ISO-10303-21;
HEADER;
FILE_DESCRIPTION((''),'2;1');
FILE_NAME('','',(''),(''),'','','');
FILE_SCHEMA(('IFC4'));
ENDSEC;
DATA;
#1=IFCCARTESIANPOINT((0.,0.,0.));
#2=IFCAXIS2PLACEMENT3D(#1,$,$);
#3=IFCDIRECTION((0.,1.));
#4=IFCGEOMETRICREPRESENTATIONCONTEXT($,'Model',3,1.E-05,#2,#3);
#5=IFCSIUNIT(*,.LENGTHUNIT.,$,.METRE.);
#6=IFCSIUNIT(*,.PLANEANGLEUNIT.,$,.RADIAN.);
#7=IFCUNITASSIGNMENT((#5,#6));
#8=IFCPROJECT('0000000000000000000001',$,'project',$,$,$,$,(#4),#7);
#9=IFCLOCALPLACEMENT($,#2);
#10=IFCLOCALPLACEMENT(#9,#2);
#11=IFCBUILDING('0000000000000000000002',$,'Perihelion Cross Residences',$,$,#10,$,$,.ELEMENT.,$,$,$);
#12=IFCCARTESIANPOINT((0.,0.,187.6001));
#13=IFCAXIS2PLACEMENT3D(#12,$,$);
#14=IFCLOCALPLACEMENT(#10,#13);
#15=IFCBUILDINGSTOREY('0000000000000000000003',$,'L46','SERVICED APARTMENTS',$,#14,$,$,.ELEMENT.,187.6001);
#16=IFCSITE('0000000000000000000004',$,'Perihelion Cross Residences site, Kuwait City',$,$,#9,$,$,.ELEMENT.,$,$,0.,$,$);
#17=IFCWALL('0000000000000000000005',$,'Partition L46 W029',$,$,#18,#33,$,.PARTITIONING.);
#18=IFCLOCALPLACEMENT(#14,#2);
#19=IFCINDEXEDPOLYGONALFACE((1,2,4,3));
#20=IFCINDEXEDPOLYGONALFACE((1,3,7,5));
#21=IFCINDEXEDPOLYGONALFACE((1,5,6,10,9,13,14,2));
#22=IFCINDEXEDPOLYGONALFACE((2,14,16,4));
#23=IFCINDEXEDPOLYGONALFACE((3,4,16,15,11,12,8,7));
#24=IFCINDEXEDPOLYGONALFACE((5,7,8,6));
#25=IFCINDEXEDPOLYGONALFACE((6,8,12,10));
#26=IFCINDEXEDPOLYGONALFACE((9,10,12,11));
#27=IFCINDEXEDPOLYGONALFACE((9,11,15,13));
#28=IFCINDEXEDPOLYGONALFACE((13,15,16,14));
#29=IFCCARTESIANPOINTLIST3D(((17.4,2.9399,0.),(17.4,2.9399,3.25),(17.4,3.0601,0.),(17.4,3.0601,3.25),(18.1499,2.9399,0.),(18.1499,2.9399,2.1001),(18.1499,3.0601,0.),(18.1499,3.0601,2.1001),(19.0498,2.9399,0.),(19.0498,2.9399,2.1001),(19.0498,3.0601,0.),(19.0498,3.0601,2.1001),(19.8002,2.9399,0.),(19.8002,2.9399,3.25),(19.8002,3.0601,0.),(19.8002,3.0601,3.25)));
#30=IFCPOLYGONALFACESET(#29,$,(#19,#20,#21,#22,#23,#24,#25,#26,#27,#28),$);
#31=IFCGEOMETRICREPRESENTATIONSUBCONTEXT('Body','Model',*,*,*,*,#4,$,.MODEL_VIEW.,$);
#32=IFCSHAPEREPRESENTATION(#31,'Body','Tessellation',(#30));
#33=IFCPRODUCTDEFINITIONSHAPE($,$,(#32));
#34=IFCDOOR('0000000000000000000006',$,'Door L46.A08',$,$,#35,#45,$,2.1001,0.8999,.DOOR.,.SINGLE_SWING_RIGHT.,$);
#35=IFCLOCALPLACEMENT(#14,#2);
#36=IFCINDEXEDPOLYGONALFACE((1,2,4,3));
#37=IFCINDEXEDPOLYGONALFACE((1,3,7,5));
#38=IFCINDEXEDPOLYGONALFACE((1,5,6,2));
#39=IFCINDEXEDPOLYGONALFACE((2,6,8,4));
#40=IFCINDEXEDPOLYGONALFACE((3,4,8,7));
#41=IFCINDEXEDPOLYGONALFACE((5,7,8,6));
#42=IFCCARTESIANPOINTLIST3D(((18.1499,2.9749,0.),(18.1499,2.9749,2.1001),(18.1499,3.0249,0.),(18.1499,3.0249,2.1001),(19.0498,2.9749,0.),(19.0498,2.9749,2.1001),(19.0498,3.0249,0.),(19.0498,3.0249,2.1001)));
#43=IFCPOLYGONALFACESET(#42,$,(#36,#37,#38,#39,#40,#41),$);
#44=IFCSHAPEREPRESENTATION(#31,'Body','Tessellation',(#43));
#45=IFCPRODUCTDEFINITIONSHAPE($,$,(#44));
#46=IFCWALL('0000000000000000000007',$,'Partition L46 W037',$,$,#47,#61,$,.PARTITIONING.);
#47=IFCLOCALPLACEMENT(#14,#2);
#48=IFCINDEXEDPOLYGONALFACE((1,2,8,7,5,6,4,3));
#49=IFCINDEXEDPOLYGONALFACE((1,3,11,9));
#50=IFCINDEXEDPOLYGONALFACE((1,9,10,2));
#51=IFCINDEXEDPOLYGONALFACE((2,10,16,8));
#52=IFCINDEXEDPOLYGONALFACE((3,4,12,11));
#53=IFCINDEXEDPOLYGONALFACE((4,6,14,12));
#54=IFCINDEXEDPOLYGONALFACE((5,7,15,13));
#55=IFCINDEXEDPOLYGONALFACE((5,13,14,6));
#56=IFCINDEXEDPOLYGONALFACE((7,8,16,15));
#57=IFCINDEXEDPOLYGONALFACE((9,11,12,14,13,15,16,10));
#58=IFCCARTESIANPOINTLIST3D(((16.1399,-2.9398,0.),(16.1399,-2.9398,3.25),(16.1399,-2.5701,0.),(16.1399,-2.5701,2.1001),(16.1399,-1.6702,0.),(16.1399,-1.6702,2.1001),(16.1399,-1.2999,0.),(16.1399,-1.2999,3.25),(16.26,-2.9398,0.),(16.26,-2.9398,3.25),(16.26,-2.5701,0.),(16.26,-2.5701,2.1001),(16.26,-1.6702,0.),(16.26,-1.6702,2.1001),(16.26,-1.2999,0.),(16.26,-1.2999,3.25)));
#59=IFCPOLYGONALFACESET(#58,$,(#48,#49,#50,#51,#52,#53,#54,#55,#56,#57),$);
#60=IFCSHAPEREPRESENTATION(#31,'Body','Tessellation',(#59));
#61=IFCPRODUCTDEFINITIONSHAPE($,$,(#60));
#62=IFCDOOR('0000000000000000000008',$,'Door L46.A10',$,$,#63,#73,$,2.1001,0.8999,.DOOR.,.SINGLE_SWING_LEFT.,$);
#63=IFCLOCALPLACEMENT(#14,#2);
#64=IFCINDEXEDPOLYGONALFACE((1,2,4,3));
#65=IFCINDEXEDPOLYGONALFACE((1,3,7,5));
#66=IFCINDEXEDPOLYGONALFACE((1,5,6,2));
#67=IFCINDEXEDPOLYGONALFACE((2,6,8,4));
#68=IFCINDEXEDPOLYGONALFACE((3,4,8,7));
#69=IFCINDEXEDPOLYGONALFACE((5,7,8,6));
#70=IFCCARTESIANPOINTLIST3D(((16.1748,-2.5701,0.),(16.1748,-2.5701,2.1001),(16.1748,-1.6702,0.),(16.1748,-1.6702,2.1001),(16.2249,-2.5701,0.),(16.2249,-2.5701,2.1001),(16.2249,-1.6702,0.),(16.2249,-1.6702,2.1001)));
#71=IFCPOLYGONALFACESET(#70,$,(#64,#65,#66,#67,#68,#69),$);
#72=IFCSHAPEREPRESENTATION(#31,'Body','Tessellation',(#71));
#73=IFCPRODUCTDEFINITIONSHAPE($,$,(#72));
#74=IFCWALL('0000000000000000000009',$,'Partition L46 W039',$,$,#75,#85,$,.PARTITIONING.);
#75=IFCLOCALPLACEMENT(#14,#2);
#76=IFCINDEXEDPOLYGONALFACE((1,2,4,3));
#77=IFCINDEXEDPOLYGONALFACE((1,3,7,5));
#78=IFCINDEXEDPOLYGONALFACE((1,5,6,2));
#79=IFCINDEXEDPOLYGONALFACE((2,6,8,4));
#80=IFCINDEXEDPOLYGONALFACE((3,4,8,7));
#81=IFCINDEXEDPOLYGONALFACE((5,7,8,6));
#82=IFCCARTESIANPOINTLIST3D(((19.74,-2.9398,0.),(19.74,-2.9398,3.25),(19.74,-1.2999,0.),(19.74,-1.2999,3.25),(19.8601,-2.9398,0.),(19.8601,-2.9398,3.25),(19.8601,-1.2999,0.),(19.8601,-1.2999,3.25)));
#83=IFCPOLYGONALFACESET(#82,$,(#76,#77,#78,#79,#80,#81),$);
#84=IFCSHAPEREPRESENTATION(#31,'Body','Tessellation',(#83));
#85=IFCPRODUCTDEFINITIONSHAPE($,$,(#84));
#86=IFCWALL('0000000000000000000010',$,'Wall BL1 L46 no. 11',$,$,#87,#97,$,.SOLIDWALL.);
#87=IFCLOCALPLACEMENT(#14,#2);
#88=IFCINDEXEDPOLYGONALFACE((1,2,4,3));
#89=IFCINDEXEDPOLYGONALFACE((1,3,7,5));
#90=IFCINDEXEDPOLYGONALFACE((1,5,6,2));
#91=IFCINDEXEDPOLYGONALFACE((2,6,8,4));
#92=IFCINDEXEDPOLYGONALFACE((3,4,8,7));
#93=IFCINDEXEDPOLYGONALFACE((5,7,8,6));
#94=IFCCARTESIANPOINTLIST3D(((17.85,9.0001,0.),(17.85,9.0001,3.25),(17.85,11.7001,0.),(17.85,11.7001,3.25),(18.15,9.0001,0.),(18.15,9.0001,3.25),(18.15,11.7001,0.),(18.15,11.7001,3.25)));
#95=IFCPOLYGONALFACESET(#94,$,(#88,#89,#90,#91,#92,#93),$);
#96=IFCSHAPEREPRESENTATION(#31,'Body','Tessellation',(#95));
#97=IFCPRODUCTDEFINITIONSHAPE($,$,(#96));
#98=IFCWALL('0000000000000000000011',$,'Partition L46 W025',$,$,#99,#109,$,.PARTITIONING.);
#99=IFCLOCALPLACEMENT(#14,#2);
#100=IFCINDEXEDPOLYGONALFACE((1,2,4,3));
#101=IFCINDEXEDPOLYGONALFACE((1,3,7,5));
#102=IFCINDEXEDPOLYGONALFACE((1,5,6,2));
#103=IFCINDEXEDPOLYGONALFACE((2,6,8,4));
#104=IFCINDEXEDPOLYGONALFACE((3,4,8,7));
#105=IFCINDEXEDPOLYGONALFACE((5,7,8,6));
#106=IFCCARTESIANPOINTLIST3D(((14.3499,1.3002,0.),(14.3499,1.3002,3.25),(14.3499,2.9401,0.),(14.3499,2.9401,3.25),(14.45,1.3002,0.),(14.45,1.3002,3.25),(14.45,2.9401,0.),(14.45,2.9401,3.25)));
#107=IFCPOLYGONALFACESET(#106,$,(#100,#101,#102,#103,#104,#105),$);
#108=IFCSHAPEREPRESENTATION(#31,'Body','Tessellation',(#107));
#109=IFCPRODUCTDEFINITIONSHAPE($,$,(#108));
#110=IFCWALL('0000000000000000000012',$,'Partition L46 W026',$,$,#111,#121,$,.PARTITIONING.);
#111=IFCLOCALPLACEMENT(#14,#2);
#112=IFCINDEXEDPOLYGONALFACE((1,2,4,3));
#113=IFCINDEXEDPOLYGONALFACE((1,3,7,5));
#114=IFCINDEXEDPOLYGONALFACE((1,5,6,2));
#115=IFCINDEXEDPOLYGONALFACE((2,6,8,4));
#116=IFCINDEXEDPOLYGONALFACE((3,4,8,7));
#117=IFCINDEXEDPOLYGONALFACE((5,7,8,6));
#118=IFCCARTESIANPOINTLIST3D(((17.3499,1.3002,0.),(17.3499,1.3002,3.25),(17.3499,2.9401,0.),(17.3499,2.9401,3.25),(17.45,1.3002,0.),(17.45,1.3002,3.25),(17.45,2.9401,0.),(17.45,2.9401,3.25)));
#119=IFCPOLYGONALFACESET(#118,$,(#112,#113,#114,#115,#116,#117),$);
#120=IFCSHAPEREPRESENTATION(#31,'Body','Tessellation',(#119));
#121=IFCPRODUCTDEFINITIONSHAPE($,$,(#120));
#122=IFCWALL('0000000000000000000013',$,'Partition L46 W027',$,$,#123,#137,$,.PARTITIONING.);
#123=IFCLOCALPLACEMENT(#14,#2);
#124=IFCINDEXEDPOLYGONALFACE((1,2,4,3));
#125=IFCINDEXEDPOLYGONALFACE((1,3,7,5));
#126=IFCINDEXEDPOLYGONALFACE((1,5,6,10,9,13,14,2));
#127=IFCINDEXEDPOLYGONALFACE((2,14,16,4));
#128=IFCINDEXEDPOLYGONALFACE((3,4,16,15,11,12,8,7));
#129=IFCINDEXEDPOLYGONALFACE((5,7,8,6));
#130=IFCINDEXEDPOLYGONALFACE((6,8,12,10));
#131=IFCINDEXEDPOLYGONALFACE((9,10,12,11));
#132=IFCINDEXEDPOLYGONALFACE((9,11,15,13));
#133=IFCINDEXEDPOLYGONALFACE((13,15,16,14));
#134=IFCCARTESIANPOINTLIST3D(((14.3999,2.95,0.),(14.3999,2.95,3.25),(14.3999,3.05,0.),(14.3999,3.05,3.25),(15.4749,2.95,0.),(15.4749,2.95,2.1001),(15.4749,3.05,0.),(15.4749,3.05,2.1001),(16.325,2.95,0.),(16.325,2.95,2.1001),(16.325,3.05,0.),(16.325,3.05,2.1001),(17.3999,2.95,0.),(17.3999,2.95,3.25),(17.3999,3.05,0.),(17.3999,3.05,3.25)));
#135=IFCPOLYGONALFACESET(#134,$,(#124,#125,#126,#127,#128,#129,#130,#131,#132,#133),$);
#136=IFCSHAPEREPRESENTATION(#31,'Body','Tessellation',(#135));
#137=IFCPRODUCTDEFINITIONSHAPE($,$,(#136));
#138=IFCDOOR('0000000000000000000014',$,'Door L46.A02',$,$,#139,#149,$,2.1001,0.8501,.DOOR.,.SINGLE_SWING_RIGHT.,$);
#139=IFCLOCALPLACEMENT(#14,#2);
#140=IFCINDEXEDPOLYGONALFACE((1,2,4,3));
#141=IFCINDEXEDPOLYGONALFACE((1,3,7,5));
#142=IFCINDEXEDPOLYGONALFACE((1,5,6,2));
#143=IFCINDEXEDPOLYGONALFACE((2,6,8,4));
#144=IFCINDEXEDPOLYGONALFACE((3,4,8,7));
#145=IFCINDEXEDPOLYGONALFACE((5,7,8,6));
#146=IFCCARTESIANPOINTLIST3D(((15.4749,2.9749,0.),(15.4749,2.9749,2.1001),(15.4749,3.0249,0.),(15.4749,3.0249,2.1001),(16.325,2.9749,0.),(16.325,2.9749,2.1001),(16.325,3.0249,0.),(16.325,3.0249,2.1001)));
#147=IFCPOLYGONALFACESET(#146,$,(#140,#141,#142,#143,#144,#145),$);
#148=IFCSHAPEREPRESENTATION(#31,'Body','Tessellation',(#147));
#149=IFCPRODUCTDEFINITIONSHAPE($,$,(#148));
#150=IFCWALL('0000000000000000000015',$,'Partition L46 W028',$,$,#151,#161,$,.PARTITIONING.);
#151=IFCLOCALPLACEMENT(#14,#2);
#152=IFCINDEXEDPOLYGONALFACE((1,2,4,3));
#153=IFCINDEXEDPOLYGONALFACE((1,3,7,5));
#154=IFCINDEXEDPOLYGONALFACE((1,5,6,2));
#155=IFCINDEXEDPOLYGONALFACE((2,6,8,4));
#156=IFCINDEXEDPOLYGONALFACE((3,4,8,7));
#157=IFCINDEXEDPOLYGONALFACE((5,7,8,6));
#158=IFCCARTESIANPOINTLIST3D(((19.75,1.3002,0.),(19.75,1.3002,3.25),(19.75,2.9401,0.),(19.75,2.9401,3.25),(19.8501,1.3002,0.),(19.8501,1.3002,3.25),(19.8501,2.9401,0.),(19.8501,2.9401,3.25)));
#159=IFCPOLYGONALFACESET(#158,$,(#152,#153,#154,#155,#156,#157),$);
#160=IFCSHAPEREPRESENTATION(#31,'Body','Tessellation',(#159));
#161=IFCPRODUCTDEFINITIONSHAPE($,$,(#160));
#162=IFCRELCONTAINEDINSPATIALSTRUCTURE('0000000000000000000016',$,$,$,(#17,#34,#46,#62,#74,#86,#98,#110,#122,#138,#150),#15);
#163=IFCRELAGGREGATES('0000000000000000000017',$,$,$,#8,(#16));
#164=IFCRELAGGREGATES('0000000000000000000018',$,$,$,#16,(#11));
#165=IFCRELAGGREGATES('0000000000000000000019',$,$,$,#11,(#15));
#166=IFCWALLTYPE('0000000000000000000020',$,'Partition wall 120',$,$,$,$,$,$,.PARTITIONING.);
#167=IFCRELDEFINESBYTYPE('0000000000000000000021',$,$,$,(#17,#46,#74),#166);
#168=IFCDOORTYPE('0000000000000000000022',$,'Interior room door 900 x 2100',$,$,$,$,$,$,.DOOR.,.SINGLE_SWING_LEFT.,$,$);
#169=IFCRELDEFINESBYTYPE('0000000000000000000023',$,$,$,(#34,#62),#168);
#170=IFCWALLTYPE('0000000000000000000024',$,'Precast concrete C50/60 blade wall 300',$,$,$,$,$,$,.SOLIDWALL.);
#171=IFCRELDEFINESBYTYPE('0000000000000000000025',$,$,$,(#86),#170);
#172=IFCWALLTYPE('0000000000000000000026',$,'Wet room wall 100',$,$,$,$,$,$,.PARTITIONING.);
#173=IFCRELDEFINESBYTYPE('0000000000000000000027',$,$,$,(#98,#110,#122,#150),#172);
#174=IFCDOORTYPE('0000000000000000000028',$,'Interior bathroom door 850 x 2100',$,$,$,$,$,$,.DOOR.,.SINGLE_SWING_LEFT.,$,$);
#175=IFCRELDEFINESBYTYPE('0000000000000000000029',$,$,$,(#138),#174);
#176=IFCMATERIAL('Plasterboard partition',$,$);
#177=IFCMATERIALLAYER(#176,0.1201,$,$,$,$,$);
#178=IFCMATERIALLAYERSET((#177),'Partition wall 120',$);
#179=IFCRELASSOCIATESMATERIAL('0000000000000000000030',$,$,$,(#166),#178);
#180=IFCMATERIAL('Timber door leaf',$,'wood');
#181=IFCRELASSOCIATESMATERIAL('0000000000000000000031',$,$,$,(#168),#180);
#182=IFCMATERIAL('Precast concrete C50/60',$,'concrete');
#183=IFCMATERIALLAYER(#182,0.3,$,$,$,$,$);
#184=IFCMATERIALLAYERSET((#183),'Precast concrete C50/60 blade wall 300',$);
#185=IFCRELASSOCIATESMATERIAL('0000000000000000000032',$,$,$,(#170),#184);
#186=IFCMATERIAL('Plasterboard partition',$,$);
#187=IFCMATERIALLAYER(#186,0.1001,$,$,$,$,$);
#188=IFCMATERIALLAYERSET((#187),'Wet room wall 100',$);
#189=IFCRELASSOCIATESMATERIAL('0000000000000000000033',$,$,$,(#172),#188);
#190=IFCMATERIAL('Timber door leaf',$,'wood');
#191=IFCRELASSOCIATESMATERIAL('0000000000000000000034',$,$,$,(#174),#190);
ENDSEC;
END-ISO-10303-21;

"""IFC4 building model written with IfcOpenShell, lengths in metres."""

from ifc_helpers import new_model, si_unit, direction, frame, frame_2d, origin, place, context, subcontext, project, spatial, rectangle, extrude, material, layer, layer_set, type_object, element, fill, save


model = new_model("IFC4")

# Units and contexts
model_context = context("Model", 3, precision=1e-05, world=origin(), true_north=direction((0.0, 1.0)))
body_context = subcontext(model_context, "Body", "Model", "MODEL_VIEW")
ifc_project = project(units=[si_unit("LENGTHUNIT", "METRE"), si_unit("PLANEANGLEUNIT", "RADIAN")], contexts=[model_context])

# Site, building, storey
site_placement = place(None, origin())
site = spatial("IfcSite", under=ifc_project, at=site_placement, Name="Perihelion Cross Residences site, Kuwait City", CompositionType="ELEMENT", RefElevation=0.0)
building_placement = place(site_placement, origin())
building = spatial("IfcBuilding", under=site, at=building_placement, Name="Perihelion Cross Residences", CompositionType="ELEMENT")
storey_placement = place(building_placement, frame((0.0, 0.0, 187.6001)))
storey = spatial("IfcBuildingStorey", under=building, at=storey_placement, Name="L46", Description="SERVICED APARTMENTS", CompositionType="ELEMENT", Elevation=187.6001)

# Walls, openings, doors
ifc_material_1 = material(Name="Plasterboard partition")
ifc_layer_1 = layer(ifc_material_1, 0.1201)
ifc_layer_set_1 = layer_set([ifc_layer_1], Name="Partition wall 120")
wall_type_1 = type_object("IfcWallType", Name="Partition wall 120", PredefinedType="PARTITIONING", material=ifc_layer_set_1)
ifc_material_2 = material(Name="Timber door leaf", Category="wood")
door_type_1 = type_object("IfcDoorType", Name="Interior room door 900 x 2100", OperationType="SINGLE_SWING_LEFT", PredefinedType="DOOR", material=ifc_material_2)
wall_1_placement = place(storey_placement, frame((17.3999, 3.0, 0.0), z_axis=(0.0, 0.0, 1.0), x_axis=(1.0, 0.0, 0.0)))
wall_1 = element("IfcWall", 1, at=wall_1_placement, inside=storey, type_object=wall_type_1, Name="Partition L46 W029", PredefinedType="PARTITIONING", context=body_context, shape_type="SweptSolid", body=[
    extrude(rectangle(XDim=2.4001, YDim=0.1201, at=frame_2d((1.2002, 0.0))), origin(), (0.0, 0.0, 1.0), 3.25),
])
opening_1_placement = place(wall_1_placement, frame((0.75, 0.0, 0.0)))
opening_1 = element("IfcOpeningElement", 2, at=opening_1_placement, cuts=wall_1, PredefinedType="OPENING", context=body_context, shape_type="SweptSolid", body=[
    extrude(rectangle(XDim=0.8999, YDim=2.1001, at=frame_2d((0.45, 1.05))), frame((0.0, 0.0701, 0.0), z_axis=(0.0, -1.0, 0.0), x_axis=(1.0, 0.0, 0.0)), (0.0, 0.0, 1.0), 0.1401),
])
door_1_placement = place(opening_1_placement, origin())
door_1 = element("IfcDoor", 3, at=door_1_placement, inside=storey, type_object=door_type_1, Name="Door L46.A08", OperationType="SINGLE_SWING_RIGHT", OverallHeight=2.1001, OverallWidth=0.8999, PredefinedType="DOOR", context=body_context, shape_type="SweptSolid", body=[
    extrude(rectangle(XDim=0.8999, YDim=2.1001, at=frame_2d((0.45, 1.05))), frame((0.0, 0.0249, 0.0), z_axis=(0.0, -1.0, 0.0), x_axis=(1.0, 0.0, 0.0)), (0.0, 0.0, 1.0), 0.05),
])
fill(opening_1, door_1)
wall_2_placement = place(storey_placement, frame((16.2, -1.3, 0.0), z_axis=(0.0, 0.0, 1.0), x_axis=(0.0, -1.0, 0.0)))
wall_2 = element("IfcWall", 4, at=wall_2_placement, inside=storey, type_object=wall_type_1, Name="Partition L46 W037", PredefinedType="PARTITIONING", context=body_context, shape_type="SweptSolid", body=[
    extrude(rectangle(XDim=1.6399, YDim=0.1201, at=frame_2d((0.8198, 0.0))), origin(), (0.0, 0.0, 1.0), 3.25),
])
opening_2_placement = place(wall_2_placement, frame((0.3701, 0.0, 0.0)))
opening_2 = element("IfcOpeningElement", 5, at=opening_2_placement, cuts=wall_2, PredefinedType="OPENING", context=body_context, shape_type="SweptSolid", body=[
    extrude(rectangle(XDim=0.8999, YDim=2.1001, at=frame_2d((0.45, 1.05))), frame((0.0, 0.0701, 0.0), z_axis=(0.0, -1.0, 0.0), x_axis=(1.0, 0.0, 0.0)), (0.0, 0.0, 1.0), 0.1401),
])
door_2_placement = place(opening_2_placement, origin())
door_2 = element("IfcDoor", 6, at=door_2_placement, inside=storey, type_object=door_type_1, Name="Door L46.A10", OperationType="SINGLE_SWING_LEFT", OverallHeight=2.1001, OverallWidth=0.8999, PredefinedType="DOOR", context=body_context, shape_type="SweptSolid", body=[
    extrude(rectangle(XDim=0.8999, YDim=2.1001, at=frame_2d((0.45, 1.05))), frame((0.0, 0.0249, 0.0), z_axis=(0.0, -1.0, 0.0), x_axis=(1.0, 0.0, 0.0)), (0.0, 0.0, 1.0), 0.05),
])
fill(opening_2, door_2)

# Walls
wall_3_placement = place(storey_placement, frame((19.8, -1.3, 0.0), z_axis=(0.0, 0.0, 1.0), x_axis=(0.0, -1.0, 0.0)))
element("IfcWall", 7, at=wall_3_placement, inside=storey, type_object=wall_type_1, Name="Partition L46 W039", PredefinedType="PARTITIONING", context=body_context, shape_type="SweptSolid", body=[
    extrude(rectangle(XDim=1.6399, YDim=0.1201, at=frame_2d((0.8198, 0.0))), origin(), (0.0, 0.0, 1.0), 3.25),
])
ifc_material_3 = material(Name="Precast concrete C50/60", Category="concrete")
ifc_layer_2 = layer(ifc_material_3, 0.3)
ifc_layer_set_2 = layer_set([ifc_layer_2], Name="Precast concrete C50/60 blade wall 300")
wall_type_2 = type_object("IfcWallType", Name="Precast concrete C50/60 blade wall 300", PredefinedType="SOLIDWALL", material=ifc_layer_set_2)
wall_4_placement = place(storey_placement, frame((18.0, 9.0, 0.0), z_axis=(0.0, 0.0, 1.0), x_axis=(0.0, 1.0, 0.0)))
element("IfcWall", 8, at=wall_4_placement, inside=storey, type_object=wall_type_2, Name="Wall BL1 L46 no. 11", PredefinedType="SOLIDWALL", context=body_context, shape_type="SweptSolid", body=[
    extrude(rectangle(XDim=2.7, YDim=0.3, at=frame_2d((1.3501, 0.0))), origin(), (0.0, 0.0, 1.0), 3.25),
])
ifc_material_4 = material(Name="Plasterboard partition")
ifc_layer_3 = layer(ifc_material_4, 0.1001)
ifc_layer_set_3 = layer_set([ifc_layer_3], Name="Wet room wall 100")
wall_type_3 = type_object("IfcWallType", Name="Wet room wall 100", PredefinedType="PARTITIONING", material=ifc_layer_set_3)
for number, where, z_axis, x_axis, name in (
    (9, (14.3999, 2.9399, 0.0), (0.0, 0.0, 1.0), (0.0, -1.0, 0.0), "Partition L46 W025"),
    (10, (17.3999, 2.9399, 0.0), (0.0, 0.0, 1.0), (0.0, -1.0, 0.0), "Partition L46 W026"),
):
    element("IfcWall", number, at=place(storey_placement, frame(where, z_axis=z_axis, x_axis=x_axis)), inside=storey, type_object=wall_type_3, Name=name, PredefinedType="PARTITIONING", context=body_context, shape_type="SweptSolid", body=[
        extrude(rectangle(XDim=1.6399, YDim=0.1001, at=frame_2d((0.8198, 0.0))), origin(), (0.0, 0.0, 1.0), 3.25),
    ])

# Wall, opening, door
wall_5_placement = place(storey_placement, frame((14.3999, 3.0, 0.0), z_axis=(0.0, 0.0, 1.0), x_axis=(1.0, 0.0, 0.0)))
wall_5 = element("IfcWall", 11, at=wall_5_placement, inside=storey, type_object=wall_type_3, Name="Partition L46 W027", PredefinedType="PARTITIONING", context=body_context, shape_type="SweptSolid", body=[
    extrude(rectangle(XDim=3.0, YDim=0.1001, at=frame_2d((1.5, 0.0))), origin(), (0.0, 0.0, 1.0), 3.25),
])
opening_3_placement = place(wall_5_placement, frame((1.075, 0.0, 0.0)))
opening_3 = element("IfcOpeningElement", 12, at=opening_3_placement, cuts=wall_5, PredefinedType="OPENING", context=body_context, shape_type="SweptSolid", body=[
    extrude(rectangle(XDim=0.8501, YDim=2.1001, at=frame_2d((0.425, 1.05))), frame((0.0, 0.0601, 0.0), z_axis=(0.0, -1.0, 0.0), x_axis=(1.0, 0.0, 0.0)), (0.0, 0.0, 1.0), 0.1201),
])
ifc_material_5 = material(Name="Timber door leaf", Category="wood")
door_type_2 = type_object("IfcDoorType", Name="Interior bathroom door 850 x 2100", OperationType="SINGLE_SWING_LEFT", PredefinedType="DOOR", material=ifc_material_5)
door_3_placement = place(opening_3_placement, origin())
door_3 = element("IfcDoor", 13, at=door_3_placement, inside=storey, type_object=door_type_2, Name="Door L46.A02", OperationType="SINGLE_SWING_RIGHT", OverallHeight=2.1001, OverallWidth=0.8501, PredefinedType="DOOR", context=body_context, shape_type="SweptSolid", body=[
    extrude(rectangle(XDim=0.8501, YDim=2.1001, at=frame_2d((0.425, 1.05))), frame((0.0, 0.0249, 0.0), z_axis=(0.0, -1.0, 0.0), x_axis=(1.0, 0.0, 0.0)), (0.0, 0.0, 1.0), 0.05),
])
fill(opening_3, door_3)

# Wall
wall_6_placement = place(storey_placement, frame((19.8, 2.9399, 0.0), z_axis=(0.0, 0.0, 1.0), x_axis=(0.0, -1.0, 0.0)))
element("IfcWall", 14, at=wall_6_placement, inside=storey, type_object=wall_type_3, Name="Partition L46 W028", PredefinedType="PARTITIONING", context=body_context, shape_type="SweptSolid", body=[
    extrude(rectangle(XDim=1.6399, YDim=0.1001, at=frame_2d((0.8198, 0.0))), origin(), (0.0, 0.0, 1.0), 3.25),
])

save(model, "model.ifc")
